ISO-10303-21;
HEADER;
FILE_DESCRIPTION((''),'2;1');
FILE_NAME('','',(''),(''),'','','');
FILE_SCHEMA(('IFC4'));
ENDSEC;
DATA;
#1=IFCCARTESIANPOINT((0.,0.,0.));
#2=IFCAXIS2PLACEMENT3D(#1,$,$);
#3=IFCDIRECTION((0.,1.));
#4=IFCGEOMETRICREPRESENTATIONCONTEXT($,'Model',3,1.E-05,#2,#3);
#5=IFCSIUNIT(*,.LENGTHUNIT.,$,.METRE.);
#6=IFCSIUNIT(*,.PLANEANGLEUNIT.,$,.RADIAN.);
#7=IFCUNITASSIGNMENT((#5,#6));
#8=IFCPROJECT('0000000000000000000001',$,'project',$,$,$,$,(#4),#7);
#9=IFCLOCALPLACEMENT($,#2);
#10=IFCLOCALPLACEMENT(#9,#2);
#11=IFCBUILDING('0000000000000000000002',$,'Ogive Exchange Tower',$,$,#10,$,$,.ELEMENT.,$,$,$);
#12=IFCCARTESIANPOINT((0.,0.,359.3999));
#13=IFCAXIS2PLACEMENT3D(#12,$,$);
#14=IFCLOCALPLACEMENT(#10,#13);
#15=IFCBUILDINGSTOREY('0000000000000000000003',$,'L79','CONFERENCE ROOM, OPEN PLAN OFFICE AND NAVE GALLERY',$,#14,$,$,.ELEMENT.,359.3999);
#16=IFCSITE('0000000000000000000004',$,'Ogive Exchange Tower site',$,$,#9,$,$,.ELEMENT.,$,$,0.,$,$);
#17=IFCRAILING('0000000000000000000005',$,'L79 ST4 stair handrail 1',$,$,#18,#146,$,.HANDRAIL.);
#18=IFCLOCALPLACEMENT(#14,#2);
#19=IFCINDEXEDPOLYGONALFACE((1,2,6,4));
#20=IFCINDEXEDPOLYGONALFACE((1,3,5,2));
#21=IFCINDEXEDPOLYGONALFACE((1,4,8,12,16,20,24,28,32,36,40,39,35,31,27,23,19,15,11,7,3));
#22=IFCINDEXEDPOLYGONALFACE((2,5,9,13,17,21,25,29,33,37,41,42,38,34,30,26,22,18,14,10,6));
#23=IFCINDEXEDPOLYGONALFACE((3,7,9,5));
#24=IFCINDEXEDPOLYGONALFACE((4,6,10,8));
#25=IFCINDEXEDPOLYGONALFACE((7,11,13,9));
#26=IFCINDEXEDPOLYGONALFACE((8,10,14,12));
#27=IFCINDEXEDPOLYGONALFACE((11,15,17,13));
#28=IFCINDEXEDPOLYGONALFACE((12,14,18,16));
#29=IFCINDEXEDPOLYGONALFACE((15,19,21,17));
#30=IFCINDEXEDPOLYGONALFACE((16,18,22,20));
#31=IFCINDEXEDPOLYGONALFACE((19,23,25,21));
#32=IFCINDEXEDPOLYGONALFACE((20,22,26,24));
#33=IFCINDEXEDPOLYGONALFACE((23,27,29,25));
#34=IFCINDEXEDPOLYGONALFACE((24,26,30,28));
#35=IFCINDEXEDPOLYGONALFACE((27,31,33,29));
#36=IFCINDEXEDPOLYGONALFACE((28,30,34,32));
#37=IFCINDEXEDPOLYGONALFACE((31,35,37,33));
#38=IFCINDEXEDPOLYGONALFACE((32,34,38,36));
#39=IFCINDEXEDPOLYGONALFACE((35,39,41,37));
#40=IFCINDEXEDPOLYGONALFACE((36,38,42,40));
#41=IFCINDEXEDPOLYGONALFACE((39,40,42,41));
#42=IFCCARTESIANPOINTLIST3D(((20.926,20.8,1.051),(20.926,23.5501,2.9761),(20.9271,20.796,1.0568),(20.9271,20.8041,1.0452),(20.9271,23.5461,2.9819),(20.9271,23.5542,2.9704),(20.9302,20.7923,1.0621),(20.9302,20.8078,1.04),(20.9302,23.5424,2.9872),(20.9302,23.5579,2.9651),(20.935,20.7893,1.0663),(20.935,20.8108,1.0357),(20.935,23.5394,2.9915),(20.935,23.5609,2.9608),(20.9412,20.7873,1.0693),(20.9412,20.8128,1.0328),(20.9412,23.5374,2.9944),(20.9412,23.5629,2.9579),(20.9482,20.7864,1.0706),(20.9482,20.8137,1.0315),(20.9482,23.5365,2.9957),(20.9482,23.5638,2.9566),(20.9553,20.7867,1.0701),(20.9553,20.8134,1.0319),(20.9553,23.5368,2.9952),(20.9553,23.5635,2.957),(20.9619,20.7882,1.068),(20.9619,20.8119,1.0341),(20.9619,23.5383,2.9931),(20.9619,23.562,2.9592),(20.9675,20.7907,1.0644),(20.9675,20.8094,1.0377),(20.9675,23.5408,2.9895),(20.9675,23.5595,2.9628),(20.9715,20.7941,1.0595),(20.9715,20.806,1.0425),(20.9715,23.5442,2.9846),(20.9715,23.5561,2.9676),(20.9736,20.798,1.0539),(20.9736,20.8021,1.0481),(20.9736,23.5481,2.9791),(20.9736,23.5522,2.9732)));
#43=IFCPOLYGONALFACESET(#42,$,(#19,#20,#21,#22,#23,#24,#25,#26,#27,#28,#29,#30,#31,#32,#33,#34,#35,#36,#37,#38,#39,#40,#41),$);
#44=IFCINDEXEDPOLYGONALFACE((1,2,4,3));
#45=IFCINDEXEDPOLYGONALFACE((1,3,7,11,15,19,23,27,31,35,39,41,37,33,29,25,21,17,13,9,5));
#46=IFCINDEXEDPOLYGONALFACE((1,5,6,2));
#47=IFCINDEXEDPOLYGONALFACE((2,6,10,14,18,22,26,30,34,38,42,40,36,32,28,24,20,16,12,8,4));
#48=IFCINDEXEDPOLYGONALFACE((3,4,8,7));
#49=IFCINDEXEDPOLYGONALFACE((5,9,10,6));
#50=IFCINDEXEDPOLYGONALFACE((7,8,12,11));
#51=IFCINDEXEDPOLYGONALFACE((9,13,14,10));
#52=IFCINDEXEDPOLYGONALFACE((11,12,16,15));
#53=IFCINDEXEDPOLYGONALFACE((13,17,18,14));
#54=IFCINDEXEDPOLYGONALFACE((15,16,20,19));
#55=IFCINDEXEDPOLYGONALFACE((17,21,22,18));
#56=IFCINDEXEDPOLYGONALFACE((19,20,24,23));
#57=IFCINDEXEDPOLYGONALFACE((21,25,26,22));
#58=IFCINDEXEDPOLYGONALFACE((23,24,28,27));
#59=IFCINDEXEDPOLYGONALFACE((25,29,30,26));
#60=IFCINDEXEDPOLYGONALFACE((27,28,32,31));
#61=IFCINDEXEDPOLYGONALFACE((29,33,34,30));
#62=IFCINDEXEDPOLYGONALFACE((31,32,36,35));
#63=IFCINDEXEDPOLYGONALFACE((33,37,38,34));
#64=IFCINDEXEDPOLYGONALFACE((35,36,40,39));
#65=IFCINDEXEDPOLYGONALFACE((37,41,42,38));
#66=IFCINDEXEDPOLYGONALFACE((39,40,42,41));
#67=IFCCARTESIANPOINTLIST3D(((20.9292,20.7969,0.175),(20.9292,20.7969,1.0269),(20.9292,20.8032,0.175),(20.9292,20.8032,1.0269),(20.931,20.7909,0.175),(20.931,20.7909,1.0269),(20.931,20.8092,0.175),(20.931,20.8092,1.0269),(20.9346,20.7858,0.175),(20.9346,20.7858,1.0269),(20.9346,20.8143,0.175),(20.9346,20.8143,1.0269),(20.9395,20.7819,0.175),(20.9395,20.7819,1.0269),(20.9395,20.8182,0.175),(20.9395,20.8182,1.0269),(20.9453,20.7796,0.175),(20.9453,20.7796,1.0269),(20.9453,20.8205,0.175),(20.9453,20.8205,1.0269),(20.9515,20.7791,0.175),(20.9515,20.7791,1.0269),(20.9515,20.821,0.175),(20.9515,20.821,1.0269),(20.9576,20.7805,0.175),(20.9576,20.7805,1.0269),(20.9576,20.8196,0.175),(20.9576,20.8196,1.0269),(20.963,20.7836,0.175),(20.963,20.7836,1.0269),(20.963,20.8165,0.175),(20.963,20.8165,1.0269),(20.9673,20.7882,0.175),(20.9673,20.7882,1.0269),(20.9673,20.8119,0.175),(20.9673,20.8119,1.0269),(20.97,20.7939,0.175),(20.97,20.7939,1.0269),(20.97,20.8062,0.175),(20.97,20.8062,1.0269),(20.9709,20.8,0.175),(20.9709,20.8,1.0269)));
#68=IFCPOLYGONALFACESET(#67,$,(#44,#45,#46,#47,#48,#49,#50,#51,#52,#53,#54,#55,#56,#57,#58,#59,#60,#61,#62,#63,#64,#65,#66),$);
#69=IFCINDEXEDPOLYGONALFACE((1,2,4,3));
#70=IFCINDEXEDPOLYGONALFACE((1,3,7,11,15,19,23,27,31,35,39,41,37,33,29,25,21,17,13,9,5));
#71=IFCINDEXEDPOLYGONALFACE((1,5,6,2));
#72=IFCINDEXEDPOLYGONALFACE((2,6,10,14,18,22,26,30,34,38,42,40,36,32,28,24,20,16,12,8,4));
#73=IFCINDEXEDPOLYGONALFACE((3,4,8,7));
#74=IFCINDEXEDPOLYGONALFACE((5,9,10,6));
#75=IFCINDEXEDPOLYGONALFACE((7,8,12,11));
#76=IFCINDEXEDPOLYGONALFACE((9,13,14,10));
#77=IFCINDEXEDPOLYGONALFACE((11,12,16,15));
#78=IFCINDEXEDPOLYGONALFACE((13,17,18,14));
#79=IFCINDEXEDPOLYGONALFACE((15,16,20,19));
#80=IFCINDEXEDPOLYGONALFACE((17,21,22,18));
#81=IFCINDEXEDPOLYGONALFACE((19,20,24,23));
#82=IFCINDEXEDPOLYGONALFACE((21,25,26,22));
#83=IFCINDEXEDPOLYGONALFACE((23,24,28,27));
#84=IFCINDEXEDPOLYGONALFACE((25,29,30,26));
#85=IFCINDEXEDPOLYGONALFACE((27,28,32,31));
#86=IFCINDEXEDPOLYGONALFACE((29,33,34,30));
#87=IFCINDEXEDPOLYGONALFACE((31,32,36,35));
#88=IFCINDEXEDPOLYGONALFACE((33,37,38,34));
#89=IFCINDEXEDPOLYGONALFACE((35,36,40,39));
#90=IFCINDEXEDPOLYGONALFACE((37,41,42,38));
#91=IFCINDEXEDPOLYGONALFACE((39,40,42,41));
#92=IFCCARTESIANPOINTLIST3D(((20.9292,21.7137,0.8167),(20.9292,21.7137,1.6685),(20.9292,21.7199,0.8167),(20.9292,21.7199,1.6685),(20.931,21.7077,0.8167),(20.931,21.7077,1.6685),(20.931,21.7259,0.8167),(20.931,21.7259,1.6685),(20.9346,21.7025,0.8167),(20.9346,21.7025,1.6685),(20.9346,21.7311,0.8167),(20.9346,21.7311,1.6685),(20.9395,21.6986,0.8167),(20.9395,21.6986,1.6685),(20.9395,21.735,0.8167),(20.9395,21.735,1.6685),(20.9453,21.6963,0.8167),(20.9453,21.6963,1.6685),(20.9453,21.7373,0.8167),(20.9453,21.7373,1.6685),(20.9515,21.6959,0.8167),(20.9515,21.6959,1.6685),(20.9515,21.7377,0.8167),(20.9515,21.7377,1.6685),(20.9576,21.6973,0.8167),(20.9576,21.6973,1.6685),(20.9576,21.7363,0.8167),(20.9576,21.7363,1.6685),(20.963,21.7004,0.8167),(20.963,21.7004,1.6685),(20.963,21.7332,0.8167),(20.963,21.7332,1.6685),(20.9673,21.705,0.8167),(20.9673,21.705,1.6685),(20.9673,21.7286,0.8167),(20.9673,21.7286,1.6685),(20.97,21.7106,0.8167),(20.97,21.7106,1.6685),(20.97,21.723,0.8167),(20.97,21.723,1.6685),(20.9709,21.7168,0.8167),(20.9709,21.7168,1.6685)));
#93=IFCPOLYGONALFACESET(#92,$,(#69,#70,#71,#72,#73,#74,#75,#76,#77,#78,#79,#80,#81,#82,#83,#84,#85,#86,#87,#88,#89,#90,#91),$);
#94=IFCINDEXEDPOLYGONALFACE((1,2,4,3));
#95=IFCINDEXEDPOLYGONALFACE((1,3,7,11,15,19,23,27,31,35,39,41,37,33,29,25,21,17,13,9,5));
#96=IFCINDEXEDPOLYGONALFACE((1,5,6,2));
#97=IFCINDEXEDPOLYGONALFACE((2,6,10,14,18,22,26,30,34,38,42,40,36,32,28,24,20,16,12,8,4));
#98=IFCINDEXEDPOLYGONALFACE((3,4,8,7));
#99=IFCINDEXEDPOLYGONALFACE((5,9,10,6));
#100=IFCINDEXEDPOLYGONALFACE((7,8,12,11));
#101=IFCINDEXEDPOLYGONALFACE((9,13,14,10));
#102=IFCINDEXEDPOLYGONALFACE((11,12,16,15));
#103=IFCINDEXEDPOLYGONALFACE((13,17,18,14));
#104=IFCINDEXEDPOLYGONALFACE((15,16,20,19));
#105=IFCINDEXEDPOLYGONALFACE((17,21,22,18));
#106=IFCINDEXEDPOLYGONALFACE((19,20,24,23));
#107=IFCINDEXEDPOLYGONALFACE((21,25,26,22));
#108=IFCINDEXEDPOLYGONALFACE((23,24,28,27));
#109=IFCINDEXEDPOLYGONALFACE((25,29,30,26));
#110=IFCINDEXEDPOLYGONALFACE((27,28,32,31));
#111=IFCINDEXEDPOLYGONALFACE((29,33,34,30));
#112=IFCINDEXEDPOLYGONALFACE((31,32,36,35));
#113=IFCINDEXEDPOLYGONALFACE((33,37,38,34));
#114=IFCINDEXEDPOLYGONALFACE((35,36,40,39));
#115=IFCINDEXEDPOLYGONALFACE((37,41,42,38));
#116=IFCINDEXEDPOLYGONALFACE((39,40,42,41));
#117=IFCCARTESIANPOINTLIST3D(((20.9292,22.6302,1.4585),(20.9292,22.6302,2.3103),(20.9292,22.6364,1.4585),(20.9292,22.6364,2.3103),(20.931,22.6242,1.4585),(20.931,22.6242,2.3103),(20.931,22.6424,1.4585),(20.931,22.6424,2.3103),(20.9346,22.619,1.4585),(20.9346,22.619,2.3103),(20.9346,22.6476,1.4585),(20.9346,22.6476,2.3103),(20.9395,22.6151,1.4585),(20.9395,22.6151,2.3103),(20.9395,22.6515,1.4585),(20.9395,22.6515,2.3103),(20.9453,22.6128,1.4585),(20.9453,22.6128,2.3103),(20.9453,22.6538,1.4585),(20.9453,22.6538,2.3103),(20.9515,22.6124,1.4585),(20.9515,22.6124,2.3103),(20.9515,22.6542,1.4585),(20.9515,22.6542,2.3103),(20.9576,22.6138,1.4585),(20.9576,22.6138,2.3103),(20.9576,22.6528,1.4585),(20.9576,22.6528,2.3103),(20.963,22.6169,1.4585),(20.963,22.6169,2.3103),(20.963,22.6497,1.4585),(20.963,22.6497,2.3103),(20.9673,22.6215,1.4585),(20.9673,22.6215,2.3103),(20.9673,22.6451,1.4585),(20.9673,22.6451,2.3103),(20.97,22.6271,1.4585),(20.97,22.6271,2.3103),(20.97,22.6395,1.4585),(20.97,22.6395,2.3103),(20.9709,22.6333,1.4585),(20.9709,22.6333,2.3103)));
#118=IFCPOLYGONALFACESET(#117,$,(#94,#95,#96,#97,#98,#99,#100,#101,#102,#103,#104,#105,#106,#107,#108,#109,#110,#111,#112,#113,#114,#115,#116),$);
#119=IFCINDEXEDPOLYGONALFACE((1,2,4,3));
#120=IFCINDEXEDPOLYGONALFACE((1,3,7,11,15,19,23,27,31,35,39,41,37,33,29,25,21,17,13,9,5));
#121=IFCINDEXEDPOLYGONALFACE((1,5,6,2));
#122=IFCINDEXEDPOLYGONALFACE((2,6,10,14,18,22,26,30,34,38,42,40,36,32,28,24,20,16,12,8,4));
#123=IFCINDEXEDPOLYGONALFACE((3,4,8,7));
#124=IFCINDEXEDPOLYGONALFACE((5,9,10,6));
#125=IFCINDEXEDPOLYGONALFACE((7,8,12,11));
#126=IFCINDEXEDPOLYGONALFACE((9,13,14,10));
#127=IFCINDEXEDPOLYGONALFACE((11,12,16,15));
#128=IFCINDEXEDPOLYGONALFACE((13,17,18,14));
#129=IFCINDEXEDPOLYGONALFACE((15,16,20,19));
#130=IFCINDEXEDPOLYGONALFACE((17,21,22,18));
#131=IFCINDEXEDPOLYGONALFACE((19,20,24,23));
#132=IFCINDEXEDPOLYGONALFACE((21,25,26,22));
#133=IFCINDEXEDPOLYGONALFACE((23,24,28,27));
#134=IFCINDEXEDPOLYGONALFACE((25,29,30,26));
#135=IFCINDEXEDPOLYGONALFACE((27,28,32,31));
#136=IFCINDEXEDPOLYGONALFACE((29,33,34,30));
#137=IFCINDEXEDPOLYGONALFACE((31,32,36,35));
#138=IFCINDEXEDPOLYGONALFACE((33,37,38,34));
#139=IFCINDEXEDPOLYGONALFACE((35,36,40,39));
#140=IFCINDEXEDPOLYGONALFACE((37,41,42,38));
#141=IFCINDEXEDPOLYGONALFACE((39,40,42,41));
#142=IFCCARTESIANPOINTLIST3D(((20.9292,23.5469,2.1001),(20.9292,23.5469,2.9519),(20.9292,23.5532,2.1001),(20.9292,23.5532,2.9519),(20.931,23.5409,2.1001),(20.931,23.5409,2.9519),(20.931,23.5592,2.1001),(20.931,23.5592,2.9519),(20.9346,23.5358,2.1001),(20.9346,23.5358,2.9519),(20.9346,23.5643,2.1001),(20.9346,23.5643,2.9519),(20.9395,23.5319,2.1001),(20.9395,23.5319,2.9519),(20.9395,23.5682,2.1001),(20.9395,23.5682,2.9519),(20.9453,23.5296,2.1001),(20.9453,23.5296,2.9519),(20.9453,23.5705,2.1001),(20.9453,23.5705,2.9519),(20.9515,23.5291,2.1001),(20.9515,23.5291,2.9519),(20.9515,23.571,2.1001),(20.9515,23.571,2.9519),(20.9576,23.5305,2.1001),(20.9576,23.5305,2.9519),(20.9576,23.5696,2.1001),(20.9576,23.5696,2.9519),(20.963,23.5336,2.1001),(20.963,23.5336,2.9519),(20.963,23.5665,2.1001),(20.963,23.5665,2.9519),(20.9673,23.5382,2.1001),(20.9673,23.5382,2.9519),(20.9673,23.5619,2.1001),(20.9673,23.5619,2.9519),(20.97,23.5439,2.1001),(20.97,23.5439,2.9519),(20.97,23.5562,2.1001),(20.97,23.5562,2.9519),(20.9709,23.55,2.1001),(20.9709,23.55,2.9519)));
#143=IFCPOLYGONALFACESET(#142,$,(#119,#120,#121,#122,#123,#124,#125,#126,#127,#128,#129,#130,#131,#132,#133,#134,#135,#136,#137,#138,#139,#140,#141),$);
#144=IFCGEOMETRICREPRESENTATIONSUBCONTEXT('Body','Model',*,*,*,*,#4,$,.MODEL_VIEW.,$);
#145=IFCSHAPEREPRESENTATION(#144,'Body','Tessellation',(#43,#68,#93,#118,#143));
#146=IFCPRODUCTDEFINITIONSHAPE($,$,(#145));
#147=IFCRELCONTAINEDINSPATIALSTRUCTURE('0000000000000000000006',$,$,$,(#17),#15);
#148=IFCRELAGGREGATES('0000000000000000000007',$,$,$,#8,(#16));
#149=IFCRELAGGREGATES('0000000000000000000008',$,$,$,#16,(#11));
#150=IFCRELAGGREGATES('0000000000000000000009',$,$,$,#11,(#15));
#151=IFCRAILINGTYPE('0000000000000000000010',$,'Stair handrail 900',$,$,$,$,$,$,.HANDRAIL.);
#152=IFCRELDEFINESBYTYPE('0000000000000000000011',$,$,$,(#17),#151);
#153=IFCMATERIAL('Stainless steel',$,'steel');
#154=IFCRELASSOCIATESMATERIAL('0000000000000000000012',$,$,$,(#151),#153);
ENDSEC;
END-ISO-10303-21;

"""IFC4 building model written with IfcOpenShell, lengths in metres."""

from ifc_helpers import new_model, si_unit, direction, frame, origin, origin_2d, place, context, subcontext, project, spatial, circle, extrude, material, type_object, element, save


model = new_model("IFC4")

# Units and contexts
model_context = context("Model", 3, precision=1e-05, world=origin(), true_north=direction((0.0, 1.0)))
body_context = subcontext(model_context, "Body", "Model", "MODEL_VIEW")
ifc_project = project(units=[si_unit("LENGTHUNIT", "METRE"), si_unit("PLANEANGLEUNIT", "RADIAN")], contexts=[model_context])

# Site, building, storey
site_placement = place(None, origin())
site = spatial("IfcSite", under=ifc_project, at=site_placement, Name="Ogive Exchange Tower site", CompositionType="ELEMENT", RefElevation=0.0)
building_placement = place(site_placement, origin())
building = spatial("IfcBuilding", under=site, at=building_placement, Name="Ogive Exchange Tower", CompositionType="ELEMENT")
storey_placement = place(building_placement, frame((0.0, 0.0, 359.3999)))
storey = spatial("IfcBuildingStorey", under=building, at=storey_placement, Name="L79", Description="CONFERENCE ROOM, OPEN PLAN OFFICE AND NAVE GALLERY", CompositionType="ELEMENT", Elevation=359.3999)

# Railing
ifc_material_1 = material(Name="Stainless steel", Category="steel")
railing_type = type_object("IfcRailingType", Name="Stair handrail 900", PredefinedType="HANDRAIL", material=ifc_material_1)
railing_1_placement = place(storey_placement, frame((20.95, 20.8, 0.175)))
element("IfcRailing", 1, at=railing_1_placement, inside=storey, type_object=railing_type, Name="L79 ST4 stair handrail 1", PredefinedType="HANDRAIL", context=body_context, shape_type="SweptSolid", body=[
    extrude(circle(Radius=0.0239, at=origin_2d()), frame((0.0, 0.0, 0.876), z_axis=(0.0, 0.819225, 0.573472), x_axis=(-1.0, 0.0, 0.0)), (0.0, 0.0, 1.0), 3.3569),
    extrude(circle(Radius=0.021, at=origin_2d()), origin(), (0.0, 0.0, 1.0), 0.8518),
    extrude(circle(Radius=0.021, at=origin_2d()), frame((0.0, 0.9167, 0.6416)), (0.0, 0.0, 1.0), 0.8518),
    extrude(circle(Radius=0.021, at=origin_2d()), frame((0.0, 1.8333, 1.2834)), (0.0, 0.0, 1.0), 0.8518),
    extrude(circle(Radius=0.021, at=origin_2d()), frame((0.0, 2.75, 1.925)), (0.0, 0.0, 1.0), 0.8518),
])

save(model, "model.ifc")
